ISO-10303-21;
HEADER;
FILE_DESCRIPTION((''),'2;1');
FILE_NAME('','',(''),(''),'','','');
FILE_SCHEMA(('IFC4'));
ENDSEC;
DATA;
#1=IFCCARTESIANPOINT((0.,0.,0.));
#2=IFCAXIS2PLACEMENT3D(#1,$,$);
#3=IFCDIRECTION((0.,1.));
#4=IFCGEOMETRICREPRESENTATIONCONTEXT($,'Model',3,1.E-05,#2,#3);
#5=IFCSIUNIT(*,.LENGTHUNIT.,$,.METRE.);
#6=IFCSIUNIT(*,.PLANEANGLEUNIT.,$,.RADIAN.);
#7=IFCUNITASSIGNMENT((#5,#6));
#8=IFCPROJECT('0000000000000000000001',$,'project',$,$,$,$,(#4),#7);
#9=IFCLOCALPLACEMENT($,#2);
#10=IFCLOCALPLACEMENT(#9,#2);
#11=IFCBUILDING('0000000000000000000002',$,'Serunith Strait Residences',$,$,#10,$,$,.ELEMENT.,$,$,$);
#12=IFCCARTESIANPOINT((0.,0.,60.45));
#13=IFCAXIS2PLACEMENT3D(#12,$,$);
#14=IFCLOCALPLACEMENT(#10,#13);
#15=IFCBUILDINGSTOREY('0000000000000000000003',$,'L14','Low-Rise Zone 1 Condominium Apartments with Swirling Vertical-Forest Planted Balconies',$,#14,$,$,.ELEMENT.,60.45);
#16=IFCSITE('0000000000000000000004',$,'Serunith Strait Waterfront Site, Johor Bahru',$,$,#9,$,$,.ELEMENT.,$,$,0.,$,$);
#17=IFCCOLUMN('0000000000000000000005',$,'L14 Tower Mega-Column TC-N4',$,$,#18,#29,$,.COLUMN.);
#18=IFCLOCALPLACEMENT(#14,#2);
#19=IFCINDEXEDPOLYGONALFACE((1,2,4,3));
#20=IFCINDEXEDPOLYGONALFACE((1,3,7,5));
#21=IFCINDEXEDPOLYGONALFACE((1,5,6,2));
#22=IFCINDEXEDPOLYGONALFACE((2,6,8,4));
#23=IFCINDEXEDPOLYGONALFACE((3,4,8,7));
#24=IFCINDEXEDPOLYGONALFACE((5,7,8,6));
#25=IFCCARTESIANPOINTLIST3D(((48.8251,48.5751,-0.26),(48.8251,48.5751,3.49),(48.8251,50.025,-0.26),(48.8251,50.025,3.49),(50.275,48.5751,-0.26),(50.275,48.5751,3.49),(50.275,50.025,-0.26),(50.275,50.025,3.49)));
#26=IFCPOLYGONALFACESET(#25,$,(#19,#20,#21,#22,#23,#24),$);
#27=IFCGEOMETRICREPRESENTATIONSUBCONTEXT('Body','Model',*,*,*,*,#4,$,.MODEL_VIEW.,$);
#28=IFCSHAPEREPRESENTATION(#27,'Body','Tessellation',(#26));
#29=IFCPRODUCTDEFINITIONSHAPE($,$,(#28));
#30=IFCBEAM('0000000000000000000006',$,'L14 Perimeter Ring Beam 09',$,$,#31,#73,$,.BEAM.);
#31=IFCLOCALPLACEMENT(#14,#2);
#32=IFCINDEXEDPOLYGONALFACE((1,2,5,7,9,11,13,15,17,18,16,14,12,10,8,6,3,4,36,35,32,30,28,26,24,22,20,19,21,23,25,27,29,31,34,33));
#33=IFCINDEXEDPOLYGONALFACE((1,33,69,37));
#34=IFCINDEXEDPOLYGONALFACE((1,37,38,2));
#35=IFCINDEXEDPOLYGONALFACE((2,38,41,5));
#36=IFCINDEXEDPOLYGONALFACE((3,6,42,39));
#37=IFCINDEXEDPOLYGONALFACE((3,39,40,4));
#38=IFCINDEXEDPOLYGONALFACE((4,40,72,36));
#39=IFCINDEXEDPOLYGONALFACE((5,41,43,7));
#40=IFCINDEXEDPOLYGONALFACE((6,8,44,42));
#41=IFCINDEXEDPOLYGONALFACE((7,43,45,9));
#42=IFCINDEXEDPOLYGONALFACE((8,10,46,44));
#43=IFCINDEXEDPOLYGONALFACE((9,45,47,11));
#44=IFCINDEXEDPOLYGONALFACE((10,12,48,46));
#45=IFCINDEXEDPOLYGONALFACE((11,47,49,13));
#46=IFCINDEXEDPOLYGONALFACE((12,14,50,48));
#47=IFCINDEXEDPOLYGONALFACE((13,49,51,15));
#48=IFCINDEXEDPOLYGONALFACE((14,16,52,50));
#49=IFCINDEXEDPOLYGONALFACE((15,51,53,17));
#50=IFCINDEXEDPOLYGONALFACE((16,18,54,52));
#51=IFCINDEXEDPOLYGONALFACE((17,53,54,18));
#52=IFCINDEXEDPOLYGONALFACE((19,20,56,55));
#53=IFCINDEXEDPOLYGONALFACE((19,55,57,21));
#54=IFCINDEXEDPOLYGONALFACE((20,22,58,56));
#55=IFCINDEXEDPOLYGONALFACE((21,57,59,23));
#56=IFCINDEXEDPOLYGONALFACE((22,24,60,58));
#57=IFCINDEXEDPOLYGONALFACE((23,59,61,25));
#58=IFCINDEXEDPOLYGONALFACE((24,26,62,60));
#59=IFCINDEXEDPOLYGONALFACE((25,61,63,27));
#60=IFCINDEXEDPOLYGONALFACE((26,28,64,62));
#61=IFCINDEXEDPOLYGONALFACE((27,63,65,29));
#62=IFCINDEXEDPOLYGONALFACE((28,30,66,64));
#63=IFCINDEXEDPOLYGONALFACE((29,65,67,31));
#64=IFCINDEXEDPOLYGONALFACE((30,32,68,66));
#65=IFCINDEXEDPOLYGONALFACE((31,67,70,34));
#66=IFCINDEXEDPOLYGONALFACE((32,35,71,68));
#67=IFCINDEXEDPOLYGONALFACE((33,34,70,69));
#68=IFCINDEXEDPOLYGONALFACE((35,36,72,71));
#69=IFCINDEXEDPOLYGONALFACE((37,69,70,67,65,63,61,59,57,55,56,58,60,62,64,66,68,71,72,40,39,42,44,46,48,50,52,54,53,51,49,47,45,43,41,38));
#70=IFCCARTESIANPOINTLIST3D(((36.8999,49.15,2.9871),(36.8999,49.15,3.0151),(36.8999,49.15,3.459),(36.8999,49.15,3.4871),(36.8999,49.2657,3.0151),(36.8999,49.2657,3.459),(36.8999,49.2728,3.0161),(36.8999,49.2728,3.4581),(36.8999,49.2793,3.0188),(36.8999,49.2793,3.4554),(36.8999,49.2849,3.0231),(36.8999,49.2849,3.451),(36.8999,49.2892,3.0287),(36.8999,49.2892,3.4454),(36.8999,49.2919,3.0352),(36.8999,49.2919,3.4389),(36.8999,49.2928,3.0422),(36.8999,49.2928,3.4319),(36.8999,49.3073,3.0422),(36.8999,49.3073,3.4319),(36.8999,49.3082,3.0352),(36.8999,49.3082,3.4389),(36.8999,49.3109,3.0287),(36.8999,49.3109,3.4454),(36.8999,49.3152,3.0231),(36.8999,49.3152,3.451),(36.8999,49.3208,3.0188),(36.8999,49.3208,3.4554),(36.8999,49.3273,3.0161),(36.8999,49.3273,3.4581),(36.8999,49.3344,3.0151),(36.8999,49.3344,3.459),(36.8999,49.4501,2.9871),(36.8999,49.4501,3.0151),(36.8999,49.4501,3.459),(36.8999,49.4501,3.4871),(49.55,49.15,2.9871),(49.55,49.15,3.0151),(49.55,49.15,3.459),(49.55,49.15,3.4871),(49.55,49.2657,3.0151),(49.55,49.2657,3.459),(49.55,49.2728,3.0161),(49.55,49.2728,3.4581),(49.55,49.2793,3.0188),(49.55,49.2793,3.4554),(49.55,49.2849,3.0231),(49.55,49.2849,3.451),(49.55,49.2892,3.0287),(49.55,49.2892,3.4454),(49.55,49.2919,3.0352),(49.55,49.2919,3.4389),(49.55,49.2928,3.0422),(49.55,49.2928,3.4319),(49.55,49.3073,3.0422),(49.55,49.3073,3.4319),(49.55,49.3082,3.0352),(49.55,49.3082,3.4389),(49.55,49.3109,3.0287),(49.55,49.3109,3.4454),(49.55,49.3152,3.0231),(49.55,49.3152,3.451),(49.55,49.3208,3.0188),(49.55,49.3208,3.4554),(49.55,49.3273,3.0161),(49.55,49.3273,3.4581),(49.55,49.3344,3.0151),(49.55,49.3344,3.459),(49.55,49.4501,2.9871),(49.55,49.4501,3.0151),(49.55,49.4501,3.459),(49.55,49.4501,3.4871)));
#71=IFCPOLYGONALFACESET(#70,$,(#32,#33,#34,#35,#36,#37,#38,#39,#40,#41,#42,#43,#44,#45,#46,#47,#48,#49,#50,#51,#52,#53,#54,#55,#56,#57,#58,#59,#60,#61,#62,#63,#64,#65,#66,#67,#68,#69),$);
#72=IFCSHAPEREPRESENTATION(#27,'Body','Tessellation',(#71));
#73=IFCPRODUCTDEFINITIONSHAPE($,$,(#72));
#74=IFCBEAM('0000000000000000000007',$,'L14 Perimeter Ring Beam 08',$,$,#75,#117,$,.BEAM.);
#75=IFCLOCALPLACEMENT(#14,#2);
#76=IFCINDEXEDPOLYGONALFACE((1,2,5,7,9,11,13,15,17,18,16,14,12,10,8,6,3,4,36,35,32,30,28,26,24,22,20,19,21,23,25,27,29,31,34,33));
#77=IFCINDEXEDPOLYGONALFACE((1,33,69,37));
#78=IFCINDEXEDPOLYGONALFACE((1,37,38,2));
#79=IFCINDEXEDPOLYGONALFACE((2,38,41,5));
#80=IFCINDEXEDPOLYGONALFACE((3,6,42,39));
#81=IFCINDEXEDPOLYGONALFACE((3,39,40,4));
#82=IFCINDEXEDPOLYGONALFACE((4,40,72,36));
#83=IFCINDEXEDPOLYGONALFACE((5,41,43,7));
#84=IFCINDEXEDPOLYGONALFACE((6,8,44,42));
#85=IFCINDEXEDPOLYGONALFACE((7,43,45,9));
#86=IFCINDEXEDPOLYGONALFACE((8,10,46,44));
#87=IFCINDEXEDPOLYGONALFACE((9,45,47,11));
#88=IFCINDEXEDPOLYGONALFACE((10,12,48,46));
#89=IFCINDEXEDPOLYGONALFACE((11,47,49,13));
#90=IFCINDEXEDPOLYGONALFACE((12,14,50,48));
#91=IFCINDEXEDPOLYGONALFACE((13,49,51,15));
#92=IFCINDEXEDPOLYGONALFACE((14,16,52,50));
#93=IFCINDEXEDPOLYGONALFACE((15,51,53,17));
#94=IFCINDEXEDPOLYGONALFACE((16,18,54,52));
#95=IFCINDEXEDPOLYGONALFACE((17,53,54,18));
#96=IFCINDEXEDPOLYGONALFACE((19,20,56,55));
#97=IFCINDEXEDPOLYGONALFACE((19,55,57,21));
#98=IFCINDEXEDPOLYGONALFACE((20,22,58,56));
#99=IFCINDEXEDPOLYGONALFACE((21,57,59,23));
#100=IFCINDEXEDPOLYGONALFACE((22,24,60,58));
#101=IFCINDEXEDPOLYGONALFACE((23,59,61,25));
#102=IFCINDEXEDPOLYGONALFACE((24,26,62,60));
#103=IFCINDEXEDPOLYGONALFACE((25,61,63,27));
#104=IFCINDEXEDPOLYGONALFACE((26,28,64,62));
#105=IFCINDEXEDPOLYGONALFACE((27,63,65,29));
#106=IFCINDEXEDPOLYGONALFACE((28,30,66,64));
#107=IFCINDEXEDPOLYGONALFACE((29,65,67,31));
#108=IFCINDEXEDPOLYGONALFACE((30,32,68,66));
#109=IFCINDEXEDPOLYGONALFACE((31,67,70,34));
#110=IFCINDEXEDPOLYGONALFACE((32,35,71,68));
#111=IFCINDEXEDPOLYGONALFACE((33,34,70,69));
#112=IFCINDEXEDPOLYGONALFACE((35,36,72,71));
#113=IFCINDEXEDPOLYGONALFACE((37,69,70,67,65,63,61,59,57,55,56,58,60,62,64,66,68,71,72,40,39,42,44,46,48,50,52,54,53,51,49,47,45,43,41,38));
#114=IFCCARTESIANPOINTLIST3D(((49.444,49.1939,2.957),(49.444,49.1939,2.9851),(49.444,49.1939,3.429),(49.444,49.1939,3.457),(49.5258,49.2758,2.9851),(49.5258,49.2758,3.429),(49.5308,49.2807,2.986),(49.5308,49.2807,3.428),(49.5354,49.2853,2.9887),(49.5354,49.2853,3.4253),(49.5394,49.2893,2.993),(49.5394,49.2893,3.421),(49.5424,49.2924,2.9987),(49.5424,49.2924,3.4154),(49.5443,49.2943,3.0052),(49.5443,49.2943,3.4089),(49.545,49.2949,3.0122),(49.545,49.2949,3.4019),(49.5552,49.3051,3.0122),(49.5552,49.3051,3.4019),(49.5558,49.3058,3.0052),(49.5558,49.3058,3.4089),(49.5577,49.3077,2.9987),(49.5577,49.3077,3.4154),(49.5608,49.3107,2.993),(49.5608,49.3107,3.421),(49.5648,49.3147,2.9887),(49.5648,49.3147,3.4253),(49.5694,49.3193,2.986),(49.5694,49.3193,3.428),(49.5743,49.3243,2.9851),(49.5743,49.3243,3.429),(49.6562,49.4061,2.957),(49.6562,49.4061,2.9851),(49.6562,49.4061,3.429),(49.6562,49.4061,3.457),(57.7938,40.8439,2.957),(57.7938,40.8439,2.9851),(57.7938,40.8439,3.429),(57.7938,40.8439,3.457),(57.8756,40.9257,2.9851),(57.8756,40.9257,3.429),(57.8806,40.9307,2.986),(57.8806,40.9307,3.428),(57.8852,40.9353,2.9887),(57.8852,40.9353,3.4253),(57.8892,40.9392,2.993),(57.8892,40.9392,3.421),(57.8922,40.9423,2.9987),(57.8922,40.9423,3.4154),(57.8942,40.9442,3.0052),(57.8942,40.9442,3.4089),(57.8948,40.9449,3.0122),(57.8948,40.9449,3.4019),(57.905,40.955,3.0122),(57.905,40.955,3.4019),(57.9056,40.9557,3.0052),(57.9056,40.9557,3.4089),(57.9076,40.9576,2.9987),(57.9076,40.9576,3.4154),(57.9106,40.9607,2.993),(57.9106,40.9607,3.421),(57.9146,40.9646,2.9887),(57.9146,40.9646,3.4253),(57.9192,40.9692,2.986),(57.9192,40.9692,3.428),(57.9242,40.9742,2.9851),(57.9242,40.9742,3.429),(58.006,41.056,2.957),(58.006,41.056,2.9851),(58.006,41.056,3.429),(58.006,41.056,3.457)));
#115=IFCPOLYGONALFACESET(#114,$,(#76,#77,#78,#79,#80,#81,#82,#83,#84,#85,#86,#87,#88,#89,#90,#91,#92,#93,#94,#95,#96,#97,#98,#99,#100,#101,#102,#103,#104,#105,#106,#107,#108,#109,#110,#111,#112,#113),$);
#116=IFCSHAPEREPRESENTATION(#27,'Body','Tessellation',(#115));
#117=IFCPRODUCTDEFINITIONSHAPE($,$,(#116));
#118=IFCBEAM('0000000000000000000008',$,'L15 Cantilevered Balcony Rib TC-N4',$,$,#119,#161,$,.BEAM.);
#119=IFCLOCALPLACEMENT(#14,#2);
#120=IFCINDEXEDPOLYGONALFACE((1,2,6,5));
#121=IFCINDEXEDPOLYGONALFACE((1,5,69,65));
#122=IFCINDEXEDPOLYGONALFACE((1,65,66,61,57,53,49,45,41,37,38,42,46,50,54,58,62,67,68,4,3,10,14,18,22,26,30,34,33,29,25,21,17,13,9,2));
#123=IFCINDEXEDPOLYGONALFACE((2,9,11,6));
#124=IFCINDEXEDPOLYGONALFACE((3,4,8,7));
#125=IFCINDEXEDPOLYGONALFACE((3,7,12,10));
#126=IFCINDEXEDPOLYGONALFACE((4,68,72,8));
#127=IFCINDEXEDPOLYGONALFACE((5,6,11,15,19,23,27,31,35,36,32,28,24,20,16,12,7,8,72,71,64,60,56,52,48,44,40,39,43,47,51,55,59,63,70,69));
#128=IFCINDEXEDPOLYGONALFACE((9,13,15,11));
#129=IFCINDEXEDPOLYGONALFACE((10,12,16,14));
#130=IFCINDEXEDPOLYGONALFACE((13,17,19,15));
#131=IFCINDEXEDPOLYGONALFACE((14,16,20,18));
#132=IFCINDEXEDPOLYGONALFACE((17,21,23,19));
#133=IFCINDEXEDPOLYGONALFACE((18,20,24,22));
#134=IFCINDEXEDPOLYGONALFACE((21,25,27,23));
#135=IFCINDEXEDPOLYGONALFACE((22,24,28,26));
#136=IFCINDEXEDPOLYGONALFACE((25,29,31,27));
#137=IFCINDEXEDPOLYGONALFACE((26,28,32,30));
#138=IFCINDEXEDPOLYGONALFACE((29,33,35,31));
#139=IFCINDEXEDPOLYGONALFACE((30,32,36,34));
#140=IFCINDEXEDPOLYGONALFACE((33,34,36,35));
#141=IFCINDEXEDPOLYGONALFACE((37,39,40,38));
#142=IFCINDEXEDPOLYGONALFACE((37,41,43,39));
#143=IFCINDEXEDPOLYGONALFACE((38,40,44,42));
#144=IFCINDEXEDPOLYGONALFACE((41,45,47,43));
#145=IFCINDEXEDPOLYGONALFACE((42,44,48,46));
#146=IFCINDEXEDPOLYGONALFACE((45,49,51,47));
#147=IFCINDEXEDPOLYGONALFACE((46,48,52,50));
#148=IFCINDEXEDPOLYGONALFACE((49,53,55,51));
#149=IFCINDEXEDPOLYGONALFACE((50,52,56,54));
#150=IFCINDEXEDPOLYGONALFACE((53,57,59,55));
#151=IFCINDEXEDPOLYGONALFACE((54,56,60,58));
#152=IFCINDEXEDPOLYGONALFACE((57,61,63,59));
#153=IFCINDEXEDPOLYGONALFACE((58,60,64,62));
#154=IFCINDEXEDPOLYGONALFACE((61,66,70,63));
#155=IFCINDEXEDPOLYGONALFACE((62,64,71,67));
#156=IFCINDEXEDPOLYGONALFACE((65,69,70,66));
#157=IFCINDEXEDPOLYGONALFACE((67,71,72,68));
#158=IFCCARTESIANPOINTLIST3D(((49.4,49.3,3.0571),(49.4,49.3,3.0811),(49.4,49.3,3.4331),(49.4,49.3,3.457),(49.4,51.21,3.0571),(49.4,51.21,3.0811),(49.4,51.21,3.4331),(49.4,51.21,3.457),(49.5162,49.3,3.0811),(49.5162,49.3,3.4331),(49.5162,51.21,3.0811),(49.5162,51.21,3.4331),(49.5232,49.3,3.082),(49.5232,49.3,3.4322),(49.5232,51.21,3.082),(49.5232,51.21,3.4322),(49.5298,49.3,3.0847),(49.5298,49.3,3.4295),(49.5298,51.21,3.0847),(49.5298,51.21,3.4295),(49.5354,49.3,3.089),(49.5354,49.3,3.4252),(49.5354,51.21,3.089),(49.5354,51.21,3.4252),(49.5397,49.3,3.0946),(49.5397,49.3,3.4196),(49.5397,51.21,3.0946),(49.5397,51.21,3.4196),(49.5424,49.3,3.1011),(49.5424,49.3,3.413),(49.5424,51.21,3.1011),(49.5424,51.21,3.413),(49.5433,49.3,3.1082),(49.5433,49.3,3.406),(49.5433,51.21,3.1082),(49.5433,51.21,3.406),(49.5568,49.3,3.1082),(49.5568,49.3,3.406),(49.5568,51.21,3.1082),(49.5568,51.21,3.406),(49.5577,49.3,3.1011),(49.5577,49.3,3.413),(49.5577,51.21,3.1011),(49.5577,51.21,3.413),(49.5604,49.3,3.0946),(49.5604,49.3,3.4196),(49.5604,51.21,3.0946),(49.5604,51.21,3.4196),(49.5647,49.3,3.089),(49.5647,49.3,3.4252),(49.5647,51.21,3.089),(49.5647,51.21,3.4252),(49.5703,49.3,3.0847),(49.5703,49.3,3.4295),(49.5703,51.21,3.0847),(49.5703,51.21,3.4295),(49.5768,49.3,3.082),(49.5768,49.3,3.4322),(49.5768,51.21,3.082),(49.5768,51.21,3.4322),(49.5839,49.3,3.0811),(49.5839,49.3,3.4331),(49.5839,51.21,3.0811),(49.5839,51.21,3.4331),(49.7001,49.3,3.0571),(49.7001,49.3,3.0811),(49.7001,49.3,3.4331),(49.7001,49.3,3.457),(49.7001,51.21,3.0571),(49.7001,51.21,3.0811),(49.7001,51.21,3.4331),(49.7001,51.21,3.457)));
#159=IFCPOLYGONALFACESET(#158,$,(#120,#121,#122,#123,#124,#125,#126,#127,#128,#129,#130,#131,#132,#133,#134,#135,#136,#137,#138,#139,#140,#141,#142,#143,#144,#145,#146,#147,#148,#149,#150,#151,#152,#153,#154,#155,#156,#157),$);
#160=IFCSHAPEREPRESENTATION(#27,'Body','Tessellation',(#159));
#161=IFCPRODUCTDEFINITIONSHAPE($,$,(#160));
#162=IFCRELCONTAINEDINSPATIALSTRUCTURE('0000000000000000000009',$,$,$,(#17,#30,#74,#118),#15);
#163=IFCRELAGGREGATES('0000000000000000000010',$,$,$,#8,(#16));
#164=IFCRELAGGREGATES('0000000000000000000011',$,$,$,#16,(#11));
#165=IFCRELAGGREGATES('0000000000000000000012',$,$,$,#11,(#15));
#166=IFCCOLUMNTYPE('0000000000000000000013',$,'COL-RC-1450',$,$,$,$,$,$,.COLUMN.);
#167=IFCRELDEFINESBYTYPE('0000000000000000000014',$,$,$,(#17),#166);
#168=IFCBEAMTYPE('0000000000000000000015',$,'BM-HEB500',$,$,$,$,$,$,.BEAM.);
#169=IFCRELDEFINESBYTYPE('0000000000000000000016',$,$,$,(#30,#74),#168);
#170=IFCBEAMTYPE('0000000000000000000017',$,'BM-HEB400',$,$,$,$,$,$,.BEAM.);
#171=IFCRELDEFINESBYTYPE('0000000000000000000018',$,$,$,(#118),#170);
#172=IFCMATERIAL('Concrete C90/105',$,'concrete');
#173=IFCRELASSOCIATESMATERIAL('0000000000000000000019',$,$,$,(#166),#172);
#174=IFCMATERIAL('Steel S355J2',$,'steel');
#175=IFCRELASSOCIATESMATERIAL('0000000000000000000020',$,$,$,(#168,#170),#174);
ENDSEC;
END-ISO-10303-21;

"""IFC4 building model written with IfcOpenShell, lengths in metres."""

from ifc_helpers import new_model, si_unit, direction, frame, origin, origin_2d, place, context, subcontext, project, spatial, rectangle, i_section, extrude, source, transform, mapped, material, material_profile, profile_set, type_object, element, save


model = new_model("IFC4")

# Units and contexts
model_context = context("Model", 3, precision=1e-05, world=origin(), true_north=direction((0.0, 1.0)))
body_context = subcontext(model_context, "Body", "Model", "MODEL_VIEW")
ifc_project = project(units=[si_unit("LENGTHUNIT", "METRE"), si_unit("PLANEANGLEUNIT", "RADIAN")], contexts=[model_context])

# Site, building, storey
site_placement = place(None, origin())
site = spatial("IfcSite", under=ifc_project, at=site_placement, Name="Serunith Strait Waterfront Site, Johor Bahru", CompositionType="ELEMENT", RefElevation=0.0)
building_placement = place(site_placement, origin())
building = spatial("IfcBuilding", under=site, at=building_placement, Name="Serunith Strait Residences", CompositionType="ELEMENT")
storey_placement = place(building_placement, frame((0.0, 0.0, 60.45)))
storey = spatial("IfcBuildingStorey", under=building, at=storey_placement, Name="L14", Description="Low-Rise Zone 1 Condominium Apartments with Swirling Vertical-Forest Planted Balconies", CompositionType="ELEMENT", Elevation=60.45)

# Column
ifc_material_1 = material(Name="Concrete C90/105", Category="concrete")
ifc_material_profile_1 = material_profile(ifc_material_1, rectangle(XDim=1.45, YDim=1.45, at=origin_2d()), Name="RC 1450x1450")
ifc_profile_set_1 = profile_set([ifc_material_profile_1], Name="Concrete C90/105")
column_type = type_object("IfcColumnType", Name="COL-RC-1450", PredefinedType="COLUMN", material=ifc_profile_set_1)
shared_shape_1 = source(origin(), body_context, "Body", "SweptSolid", [
    extrude(rectangle(XDim=1.45, YDim=1.45, at=origin_2d()), origin(), (0.0, 0.0, 1.0), 3.75),
])
column_placement = place(storey_placement, frame((49.55, 49.3, -0.26), z_axis=(0.0, 0.0, 1.0), x_axis=(1.0, 0.0, 0.0)))
element("IfcColumn", 1, at=column_placement, inside=storey, type_object=column_type, Name="L14 Tower Mega-Column TC-N4", PredefinedType="COLUMN", context=body_context, shape_type="MappedRepresentation", body=[
    mapped(shared_shape_1, transform((0.0, 0.0, 0.0), scale=1.0)),
])

# Beams
ifc_material_2 = material(Name="Steel S355J2", Category="steel")
ifc_material_profile_2 = material_profile(ifc_material_2, i_section(OverallWidth=0.3, OverallDepth=0.5, WebThickness=0.0144, FlangeThickness=0.0281, FilletRadius=0.0271, at=origin_2d()), Name="HEB 500")
ifc_profile_set_2 = profile_set([ifc_material_profile_2], Name="Steel S355J2")
beam_type_1 = type_object("IfcBeamType", Name="BM-HEB500", PredefinedType="BEAM", material=ifc_profile_set_2)
shared_shape_2 = source(origin(), body_context, "Body", "SweptSolid", [
    extrude(i_section(OverallWidth=0.3, OverallDepth=0.5, WebThickness=0.0144, FlangeThickness=0.0281, FilletRadius=0.0271, at=origin_2d()), origin(), (0.0, 0.0, 1.0), 12.6501),
])
beam_1_placement = place(storey_placement, frame((49.55, 49.3, 3.2371), z_axis=(-1.0, 0.0, 0.0), x_axis=(0.0, -1.0, 0.0)))
element("IfcBeam", 2, at=beam_1_placement, inside=storey, type_object=beam_type_1, Name="L14 Perimeter Ring Beam 09", PredefinedType="BEAM", context=body_context, shape_type="MappedRepresentation", body=[
    mapped(shared_shape_2, transform((0.0, 0.0, 0.0), scale=1.0)),
])
shared_shape_3 = source(origin(), body_context, "Body", "SweptSolid", [
    extrude(i_section(OverallWidth=0.3, OverallDepth=0.5, WebThickness=0.0144, FlangeThickness=0.0281, FilletRadius=0.0271, at=origin_2d()), origin(), (0.0, 0.0, 1.0), 11.8086),
])
beam_2_placement = place(storey_placement, frame((57.8999, 40.95, 3.207), z_axis=(-0.707096, 0.707117, 0.0), x_axis=(-0.707117, -0.707096, 0.0)))
element("IfcBeam", 3, at=beam_2_placement, inside=storey, type_object=beam_type_1, Name="L14 Perimeter Ring Beam 08", PredefinedType="BEAM", context=body_context, shape_type="MappedRepresentation", body=[
    mapped(shared_shape_3, transform((0.0, 0.0, 0.0), scale=1.0)),
])
ifc_material_profile_3 = material_profile(ifc_material_2, i_section(OverallWidth=0.3, OverallDepth=0.3999, WebThickness=0.0134, FlangeThickness=0.0239, FilletRadius=0.0271, at=origin_2d()), Name="HEB 400")
ifc_profile_set_3 = profile_set([ifc_material_profile_3], Name="Steel S355J2")
beam_type_2 = type_object("IfcBeamType", Name="BM-HEB400", PredefinedType="BEAM", material=ifc_profile_set_3)
shared_shape_4 = source(origin(), body_context, "Body", "SweptSolid", [
    extrude(i_section(OverallWidth=0.3, OverallDepth=0.3999, WebThickness=0.0134, FlangeThickness=0.0239, FilletRadius=0.0271, at=origin_2d()), origin(), (0.0, 0.0, 1.0), 1.9099),
])
beam_3_placement = place(storey_placement, frame((49.55, 49.3, 3.2571), z_axis=(0.0, 1.0, 0.0), x_axis=(-1.0, 0.0, 0.0)))
element("IfcBeam", 4, at=beam_3_placement, inside=storey, type_object=beam_type_2, Name="L15 Cantilevered Balcony Rib TC-N4", PredefinedType="BEAM", context=body_context, shape_type="MappedRepresentation", body=[
    mapped(shared_shape_4, transform((0.0, 0.0, 0.0), scale=1.0)),
])

save(model, "model.ifc")
